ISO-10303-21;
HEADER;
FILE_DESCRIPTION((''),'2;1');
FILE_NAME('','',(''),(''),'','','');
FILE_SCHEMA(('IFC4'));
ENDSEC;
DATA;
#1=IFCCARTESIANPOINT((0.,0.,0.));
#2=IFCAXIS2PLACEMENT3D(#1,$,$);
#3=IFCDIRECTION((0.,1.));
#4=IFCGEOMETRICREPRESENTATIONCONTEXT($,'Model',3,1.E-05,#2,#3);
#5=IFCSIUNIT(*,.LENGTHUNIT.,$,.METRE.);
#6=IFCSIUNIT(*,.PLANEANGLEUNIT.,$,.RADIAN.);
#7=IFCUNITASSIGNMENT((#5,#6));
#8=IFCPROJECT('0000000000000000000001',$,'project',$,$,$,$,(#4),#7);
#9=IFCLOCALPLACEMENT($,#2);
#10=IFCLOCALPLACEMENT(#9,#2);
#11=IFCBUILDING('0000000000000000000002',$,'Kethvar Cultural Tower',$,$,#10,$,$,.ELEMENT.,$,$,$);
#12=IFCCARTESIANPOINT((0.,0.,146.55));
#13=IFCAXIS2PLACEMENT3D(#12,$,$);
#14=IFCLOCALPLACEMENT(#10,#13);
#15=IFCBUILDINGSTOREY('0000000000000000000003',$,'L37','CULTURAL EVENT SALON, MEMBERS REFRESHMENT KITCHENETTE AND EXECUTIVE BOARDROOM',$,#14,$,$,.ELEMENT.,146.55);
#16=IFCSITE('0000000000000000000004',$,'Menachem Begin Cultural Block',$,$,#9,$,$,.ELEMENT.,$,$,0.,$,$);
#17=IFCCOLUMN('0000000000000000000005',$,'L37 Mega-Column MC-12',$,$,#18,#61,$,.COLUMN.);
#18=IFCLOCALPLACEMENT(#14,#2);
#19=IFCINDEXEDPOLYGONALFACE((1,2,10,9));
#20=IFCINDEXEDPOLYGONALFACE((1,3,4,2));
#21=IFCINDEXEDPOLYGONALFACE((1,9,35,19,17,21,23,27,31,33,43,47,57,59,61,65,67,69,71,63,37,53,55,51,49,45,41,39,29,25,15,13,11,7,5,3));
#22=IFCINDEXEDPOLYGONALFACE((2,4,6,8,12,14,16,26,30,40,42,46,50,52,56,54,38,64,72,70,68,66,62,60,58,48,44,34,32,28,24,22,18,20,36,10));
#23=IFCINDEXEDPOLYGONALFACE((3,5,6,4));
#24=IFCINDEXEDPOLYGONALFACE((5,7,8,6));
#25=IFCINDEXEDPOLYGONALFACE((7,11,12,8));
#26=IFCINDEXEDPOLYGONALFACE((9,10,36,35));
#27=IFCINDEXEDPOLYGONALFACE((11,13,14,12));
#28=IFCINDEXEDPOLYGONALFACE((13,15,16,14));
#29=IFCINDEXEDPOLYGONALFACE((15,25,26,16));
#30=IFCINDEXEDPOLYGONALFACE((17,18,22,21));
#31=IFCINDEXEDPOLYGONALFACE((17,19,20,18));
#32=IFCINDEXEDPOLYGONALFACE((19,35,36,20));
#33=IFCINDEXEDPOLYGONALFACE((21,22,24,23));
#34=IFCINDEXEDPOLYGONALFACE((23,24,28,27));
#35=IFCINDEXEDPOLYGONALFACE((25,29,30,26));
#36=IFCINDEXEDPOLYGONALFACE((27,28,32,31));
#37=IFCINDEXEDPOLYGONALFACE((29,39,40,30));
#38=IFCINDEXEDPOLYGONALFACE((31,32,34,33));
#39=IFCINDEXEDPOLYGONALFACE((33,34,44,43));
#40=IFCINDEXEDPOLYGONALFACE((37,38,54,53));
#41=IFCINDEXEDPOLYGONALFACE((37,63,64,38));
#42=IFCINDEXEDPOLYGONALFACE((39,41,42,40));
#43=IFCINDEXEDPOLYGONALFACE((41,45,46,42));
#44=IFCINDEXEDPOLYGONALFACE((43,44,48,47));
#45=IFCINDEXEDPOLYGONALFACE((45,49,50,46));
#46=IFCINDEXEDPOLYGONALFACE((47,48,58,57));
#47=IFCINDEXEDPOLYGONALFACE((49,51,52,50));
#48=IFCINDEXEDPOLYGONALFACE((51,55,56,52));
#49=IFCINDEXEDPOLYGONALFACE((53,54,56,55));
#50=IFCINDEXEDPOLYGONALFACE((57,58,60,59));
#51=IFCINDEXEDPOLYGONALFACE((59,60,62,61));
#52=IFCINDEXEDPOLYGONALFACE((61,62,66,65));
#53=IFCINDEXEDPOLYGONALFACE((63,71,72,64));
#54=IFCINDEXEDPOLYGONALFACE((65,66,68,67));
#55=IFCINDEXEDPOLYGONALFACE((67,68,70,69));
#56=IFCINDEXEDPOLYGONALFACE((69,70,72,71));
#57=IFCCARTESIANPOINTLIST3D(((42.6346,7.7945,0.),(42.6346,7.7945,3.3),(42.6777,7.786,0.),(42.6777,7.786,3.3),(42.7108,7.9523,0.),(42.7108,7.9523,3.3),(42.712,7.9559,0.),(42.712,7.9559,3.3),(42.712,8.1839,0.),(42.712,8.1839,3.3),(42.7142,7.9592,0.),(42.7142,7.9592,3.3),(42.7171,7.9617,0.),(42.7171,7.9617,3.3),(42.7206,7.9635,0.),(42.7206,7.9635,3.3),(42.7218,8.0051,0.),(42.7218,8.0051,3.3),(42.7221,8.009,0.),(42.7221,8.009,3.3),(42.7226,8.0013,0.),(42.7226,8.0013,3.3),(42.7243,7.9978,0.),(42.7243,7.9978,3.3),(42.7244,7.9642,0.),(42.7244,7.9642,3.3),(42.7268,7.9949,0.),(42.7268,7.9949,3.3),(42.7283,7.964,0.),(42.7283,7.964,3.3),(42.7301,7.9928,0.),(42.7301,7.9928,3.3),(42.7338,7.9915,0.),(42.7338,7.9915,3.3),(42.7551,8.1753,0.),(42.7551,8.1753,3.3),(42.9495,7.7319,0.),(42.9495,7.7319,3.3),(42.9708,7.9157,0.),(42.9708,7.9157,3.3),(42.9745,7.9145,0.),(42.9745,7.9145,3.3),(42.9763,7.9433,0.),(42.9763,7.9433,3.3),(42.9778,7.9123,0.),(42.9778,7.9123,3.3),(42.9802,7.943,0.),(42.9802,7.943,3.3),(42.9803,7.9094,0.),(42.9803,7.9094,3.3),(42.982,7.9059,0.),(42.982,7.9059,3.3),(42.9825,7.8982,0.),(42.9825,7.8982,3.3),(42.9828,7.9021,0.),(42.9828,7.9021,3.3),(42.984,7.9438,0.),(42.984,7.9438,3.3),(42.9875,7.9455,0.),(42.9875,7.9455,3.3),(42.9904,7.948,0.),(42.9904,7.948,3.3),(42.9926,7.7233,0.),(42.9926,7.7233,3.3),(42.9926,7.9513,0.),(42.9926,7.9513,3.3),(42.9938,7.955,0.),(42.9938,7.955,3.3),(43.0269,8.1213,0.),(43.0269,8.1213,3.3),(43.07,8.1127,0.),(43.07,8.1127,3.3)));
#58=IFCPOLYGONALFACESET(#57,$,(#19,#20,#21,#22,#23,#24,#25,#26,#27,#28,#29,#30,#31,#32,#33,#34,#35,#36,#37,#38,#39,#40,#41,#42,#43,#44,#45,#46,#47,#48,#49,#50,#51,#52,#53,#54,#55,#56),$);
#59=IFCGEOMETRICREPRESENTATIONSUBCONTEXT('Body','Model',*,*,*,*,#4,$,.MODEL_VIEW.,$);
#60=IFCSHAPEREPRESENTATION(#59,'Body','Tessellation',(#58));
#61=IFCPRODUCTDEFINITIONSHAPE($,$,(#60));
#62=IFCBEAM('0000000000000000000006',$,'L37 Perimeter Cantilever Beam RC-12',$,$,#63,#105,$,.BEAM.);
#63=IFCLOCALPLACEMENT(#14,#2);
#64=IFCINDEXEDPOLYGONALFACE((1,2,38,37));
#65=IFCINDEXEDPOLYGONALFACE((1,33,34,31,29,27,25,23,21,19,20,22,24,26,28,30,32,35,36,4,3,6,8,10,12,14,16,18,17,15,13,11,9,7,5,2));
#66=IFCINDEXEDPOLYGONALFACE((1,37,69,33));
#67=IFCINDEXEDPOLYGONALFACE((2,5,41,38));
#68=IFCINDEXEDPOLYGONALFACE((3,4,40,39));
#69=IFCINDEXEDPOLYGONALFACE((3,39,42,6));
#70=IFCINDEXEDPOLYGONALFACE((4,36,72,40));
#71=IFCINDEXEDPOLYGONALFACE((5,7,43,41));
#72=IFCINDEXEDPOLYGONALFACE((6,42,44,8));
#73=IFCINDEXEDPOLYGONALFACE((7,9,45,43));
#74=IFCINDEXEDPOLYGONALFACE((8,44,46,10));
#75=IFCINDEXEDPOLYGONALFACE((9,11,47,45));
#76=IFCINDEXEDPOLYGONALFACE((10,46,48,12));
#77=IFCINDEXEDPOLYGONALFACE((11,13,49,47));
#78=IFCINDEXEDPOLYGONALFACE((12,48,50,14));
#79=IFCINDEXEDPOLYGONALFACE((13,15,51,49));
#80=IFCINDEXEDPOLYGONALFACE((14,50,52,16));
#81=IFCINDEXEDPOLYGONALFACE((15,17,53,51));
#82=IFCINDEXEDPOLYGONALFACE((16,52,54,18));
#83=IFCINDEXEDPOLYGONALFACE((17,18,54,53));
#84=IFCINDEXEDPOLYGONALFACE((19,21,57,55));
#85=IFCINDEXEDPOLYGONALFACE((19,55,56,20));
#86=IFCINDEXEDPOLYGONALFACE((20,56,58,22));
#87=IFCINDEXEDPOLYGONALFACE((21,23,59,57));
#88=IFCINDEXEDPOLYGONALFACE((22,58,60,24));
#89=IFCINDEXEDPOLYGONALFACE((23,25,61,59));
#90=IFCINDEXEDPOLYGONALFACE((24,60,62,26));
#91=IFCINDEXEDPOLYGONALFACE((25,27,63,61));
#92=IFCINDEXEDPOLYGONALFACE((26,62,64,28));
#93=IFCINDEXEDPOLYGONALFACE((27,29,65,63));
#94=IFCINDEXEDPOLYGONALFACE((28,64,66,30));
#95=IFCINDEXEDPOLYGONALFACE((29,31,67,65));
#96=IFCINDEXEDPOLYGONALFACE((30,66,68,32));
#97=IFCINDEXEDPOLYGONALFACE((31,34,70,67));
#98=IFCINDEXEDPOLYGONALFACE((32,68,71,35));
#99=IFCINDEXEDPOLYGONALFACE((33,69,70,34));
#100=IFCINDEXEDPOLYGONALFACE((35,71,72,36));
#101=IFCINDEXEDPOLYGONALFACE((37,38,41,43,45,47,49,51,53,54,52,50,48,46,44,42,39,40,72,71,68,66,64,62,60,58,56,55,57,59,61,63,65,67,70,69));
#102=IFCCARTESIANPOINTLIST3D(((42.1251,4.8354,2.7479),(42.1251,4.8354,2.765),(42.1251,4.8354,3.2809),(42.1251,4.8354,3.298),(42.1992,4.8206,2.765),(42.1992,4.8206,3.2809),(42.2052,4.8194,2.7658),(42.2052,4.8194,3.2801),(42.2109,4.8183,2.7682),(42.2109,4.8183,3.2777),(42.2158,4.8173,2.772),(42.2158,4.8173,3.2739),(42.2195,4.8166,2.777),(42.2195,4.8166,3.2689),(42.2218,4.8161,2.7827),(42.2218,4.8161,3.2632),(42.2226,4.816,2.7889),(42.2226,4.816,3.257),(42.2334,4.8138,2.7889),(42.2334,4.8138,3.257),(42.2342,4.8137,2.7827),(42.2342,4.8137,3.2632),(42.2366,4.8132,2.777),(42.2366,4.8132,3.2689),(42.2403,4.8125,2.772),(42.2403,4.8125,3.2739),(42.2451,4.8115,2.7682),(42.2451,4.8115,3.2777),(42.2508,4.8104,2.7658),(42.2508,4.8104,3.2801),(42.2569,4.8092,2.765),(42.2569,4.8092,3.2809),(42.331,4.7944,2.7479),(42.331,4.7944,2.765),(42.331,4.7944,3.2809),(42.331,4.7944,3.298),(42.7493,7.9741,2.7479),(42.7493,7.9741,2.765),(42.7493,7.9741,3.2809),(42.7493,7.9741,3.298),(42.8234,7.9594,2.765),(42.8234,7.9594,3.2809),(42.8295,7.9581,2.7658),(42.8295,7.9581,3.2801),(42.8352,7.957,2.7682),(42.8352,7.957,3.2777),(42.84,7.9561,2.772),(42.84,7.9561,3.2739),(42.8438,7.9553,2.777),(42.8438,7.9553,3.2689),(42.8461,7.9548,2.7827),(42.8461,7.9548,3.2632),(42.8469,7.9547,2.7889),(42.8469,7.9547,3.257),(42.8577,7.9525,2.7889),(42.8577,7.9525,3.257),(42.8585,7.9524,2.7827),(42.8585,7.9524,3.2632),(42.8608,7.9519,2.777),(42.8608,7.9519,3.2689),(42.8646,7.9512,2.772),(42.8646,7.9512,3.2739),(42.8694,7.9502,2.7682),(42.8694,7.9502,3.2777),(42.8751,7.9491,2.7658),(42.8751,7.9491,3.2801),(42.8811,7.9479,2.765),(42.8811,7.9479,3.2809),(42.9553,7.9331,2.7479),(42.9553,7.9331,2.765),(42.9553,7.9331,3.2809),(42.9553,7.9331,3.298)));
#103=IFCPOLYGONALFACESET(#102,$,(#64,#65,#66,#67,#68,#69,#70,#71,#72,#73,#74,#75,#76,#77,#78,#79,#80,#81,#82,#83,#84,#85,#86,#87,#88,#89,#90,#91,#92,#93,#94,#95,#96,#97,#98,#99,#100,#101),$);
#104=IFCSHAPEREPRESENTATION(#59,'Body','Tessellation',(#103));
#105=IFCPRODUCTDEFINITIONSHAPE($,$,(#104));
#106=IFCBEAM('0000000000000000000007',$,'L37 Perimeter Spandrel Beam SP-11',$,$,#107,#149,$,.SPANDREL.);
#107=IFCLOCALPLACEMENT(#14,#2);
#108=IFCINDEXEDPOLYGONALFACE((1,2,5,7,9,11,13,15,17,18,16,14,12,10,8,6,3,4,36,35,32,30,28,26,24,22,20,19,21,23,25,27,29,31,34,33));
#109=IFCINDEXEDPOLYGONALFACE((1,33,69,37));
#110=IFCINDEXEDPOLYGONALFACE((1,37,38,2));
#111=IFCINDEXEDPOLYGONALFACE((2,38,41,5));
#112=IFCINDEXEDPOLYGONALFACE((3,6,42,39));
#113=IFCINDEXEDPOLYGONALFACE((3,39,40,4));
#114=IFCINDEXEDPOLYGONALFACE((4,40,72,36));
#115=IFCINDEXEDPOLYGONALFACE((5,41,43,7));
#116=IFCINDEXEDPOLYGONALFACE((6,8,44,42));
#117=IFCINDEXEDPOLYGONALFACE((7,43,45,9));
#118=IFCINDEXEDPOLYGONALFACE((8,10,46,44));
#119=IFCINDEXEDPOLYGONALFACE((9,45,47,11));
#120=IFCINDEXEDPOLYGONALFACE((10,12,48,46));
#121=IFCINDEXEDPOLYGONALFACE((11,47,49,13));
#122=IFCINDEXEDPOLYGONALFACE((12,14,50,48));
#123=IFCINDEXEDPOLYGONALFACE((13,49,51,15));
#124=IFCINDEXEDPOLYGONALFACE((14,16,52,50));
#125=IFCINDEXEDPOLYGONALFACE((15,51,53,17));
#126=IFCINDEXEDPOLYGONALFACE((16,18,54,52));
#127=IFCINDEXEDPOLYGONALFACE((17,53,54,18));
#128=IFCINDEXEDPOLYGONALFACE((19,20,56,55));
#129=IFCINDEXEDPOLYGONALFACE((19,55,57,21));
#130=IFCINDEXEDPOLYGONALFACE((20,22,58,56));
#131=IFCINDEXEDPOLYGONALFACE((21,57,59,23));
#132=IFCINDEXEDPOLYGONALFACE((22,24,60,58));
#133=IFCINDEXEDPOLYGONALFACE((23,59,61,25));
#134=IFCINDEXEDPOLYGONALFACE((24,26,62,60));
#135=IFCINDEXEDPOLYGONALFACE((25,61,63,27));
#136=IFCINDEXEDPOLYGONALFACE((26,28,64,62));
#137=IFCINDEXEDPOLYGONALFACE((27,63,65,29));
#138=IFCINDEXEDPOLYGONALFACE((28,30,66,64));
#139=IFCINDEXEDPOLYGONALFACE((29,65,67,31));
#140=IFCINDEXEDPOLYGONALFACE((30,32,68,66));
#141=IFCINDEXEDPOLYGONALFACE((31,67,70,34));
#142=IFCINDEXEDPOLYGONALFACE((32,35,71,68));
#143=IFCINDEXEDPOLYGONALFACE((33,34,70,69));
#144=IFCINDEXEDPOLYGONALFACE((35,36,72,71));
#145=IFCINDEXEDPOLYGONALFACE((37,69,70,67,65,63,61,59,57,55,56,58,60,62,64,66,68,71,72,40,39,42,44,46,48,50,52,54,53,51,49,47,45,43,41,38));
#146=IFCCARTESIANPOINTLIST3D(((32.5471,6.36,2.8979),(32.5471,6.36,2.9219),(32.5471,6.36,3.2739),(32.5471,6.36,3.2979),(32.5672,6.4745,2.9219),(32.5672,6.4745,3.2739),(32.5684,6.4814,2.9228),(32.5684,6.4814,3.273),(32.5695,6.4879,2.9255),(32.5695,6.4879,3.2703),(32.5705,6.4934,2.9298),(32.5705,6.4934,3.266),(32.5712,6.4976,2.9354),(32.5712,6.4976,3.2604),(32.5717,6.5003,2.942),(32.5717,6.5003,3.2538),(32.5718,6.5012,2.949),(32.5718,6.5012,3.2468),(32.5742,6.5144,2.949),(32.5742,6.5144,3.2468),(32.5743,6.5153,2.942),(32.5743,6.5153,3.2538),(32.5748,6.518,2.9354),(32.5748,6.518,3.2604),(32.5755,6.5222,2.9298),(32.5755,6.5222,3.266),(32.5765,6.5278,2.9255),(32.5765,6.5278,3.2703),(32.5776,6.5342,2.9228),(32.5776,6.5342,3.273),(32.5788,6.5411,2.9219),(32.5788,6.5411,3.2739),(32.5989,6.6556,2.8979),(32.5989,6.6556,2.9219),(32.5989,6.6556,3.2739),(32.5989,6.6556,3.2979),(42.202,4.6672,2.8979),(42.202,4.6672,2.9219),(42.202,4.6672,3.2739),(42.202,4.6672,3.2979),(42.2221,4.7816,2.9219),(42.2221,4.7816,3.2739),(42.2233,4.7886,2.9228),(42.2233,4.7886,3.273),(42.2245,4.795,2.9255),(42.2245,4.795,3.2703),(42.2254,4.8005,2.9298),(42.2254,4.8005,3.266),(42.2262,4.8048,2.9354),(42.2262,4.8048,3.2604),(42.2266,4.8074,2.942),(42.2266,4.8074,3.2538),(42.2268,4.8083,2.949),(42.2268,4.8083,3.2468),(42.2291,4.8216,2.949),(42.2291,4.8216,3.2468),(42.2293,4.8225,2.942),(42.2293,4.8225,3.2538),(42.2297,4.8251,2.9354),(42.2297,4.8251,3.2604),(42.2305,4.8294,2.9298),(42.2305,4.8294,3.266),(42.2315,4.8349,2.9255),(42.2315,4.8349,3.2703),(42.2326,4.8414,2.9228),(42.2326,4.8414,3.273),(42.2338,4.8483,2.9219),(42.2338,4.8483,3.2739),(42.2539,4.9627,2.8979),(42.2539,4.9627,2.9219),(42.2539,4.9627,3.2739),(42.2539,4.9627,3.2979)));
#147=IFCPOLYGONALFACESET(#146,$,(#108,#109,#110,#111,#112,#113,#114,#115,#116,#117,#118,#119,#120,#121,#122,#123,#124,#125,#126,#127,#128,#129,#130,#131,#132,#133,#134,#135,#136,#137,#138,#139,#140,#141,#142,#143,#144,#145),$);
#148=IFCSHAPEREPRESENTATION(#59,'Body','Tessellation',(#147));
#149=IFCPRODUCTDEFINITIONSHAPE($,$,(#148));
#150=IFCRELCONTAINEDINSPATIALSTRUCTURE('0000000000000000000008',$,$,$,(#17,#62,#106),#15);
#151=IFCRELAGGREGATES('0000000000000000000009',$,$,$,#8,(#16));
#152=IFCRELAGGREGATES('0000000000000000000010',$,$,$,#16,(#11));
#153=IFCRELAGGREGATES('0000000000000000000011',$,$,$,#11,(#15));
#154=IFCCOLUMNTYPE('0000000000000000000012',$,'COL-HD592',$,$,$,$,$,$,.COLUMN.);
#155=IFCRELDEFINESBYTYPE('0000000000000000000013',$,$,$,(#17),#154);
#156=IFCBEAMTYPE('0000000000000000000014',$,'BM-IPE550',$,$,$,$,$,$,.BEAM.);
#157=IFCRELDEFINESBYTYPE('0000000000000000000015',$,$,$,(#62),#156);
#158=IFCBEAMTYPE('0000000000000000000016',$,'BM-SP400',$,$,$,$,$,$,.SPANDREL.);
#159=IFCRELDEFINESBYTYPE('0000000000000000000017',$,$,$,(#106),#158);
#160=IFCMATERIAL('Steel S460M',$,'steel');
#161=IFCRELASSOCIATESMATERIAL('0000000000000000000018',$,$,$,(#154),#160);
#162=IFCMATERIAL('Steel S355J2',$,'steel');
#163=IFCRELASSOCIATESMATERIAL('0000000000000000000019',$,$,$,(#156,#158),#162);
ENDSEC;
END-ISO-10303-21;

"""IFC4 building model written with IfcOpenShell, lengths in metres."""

from ifc_helpers import new_model, si_unit, direction, frame, origin, origin_2d, place, context, subcontext, project, spatial, i_section, extrude, source, transform, mapped, material, material_profile, profile_set, type_object, element, save


model = new_model("IFC4")

# Units and contexts
model_context = context("Model", 3, precision=1e-05, world=origin(), true_north=direction((0.0, 1.0)))
body_context = subcontext(model_context, "Body", "Model", "MODEL_VIEW")
ifc_project = project(units=[si_unit("LENGTHUNIT", "METRE"), si_unit("PLANEANGLEUNIT", "RADIAN")], contexts=[model_context])

# Site, building, storey
site_placement = place(None, origin())
site = spatial("IfcSite", under=ifc_project, at=site_placement, Name="Menachem Begin Cultural Block", CompositionType="ELEMENT", RefElevation=0.0)
building_placement = place(site_placement, origin())
building = spatial("IfcBuilding", under=site, at=building_placement, Name="Kethvar Cultural Tower", CompositionType="ELEMENT")
storey_placement = place(building_placement, frame((0.0, 0.0, 146.55)))
storey = spatial("IfcBuildingStorey", under=building, at=storey_placement, Name="L37", Description="CULTURAL EVENT SALON, MEMBERS REFRESHMENT KITCHENETTE AND EXECUTIVE BOARDROOM", CompositionType="ELEMENT", Elevation=146.55)

# Column
ifc_material_1 = material(Name="Steel S460M", Category="steel")
ifc_material_profile_1 = material_profile(ifc_material_1, i_section(OverallWidth=0.397, OverallDepth=0.365, WebThickness=0.0281, FlangeThickness=0.0439, FilletRadius=0.0149, at=origin_2d()), Name="Steel S460M — HD400x592")
ifc_profile_set_1 = profile_set([ifc_material_profile_1], Name="Steel S460M — HD400x592")
column_type = type_object("IfcColumnType", Name="COL-HD592", PredefinedType="COLUMN", material=ifc_profile_set_1)
shared_shape_1 = source(origin(), body_context, "Body", "SweptSolid", [
    extrude(i_section(OverallWidth=0.397, OverallDepth=0.365, WebThickness=0.0281, FlangeThickness=0.0439, FilletRadius=0.0149, at=origin_2d()), origin(), (0.0, 0.0, 1.0), 3.3),
])
column_placement = place(storey_placement, frame((42.8523, 7.9536, 0.0), z_axis=(0.0, 0.0, 1.0), x_axis=(-0.19509, -0.980785, 0.0)))
element("IfcColumn", 1, at=column_placement, inside=storey, type_object=column_type, Name="L37 Mega-Column MC-12", PredefinedType="COLUMN", context=body_context, shape_type="MappedRepresentation", body=[
    mapped(shared_shape_1, transform((0.0, 0.0, 0.0), scale=1.0)),
])

# Beams
ifc_material_2 = material(Name="Steel S355J2", Category="steel")
ifc_material_profile_2 = material_profile(ifc_material_2, i_section(OverallWidth=0.21, OverallDepth=0.55, WebThickness=0.011, FlangeThickness=0.0171, FilletRadius=0.0239, at=origin_2d()), Name="Steel S355J2 — IPE550")
ifc_profile_set_2 = profile_set([ifc_material_profile_2], Name="Steel S355J2 — IPE550")
beam_type_1 = type_object("IfcBeamType", Name="BM-IPE550", PredefinedType="BEAM", material=ifc_profile_set_2)
shared_shape_2 = source(origin(), body_context, "Body", "SweptSolid", [
    extrude(i_section(OverallWidth=0.21, OverallDepth=0.55, WebThickness=0.011, FlangeThickness=0.0171, FilletRadius=0.0239, at=origin_2d()), origin(), (0.0, 0.0, 1.0), 3.2002),
])
beam_1_placement = place(storey_placement, frame((42.8523, 7.9536, 3.0229), z_axis=(-0.195074, -0.980788, 0.0), x_axis=(0.980788, -0.195074, 0.0)))
element("IfcBeam", 2, at=beam_1_placement, inside=storey, type_object=beam_type_1, Name="L37 Perimeter Cantilever Beam RC-12", PredefinedType="BEAM", context=body_context, shape_type="MappedRepresentation", body=[
    mapped(shared_shape_2, transform((0.0, 0.0, 0.0), scale=1.0)),
])
ifc_material_profile_3 = material_profile(ifc_material_2, i_section(OverallWidth=0.3, OverallDepth=0.3999, WebThickness=0.0134, FlangeThickness=0.0239, FilletRadius=0.0271, at=origin_2d()), Name="Steel S355J2 — HEB400")
ifc_profile_set_3 = profile_set([ifc_material_profile_3], Name="Steel S355J2 — HEB400")
beam_type_2 = type_object("IfcBeamType", Name="BM-SP400", PredefinedType="SPANDREL", material=ifc_profile_set_3)
shared_shape_3 = source(origin(), body_context, "Body", "SweptSolid", [
    extrude(i_section(OverallWidth=0.3, OverallDepth=0.3999, WebThickness=0.0134, FlangeThickness=0.0239, FilletRadius=0.0271, at=origin_2d()), origin(), (0.0, 0.0, 1.0), 9.8022),
])
beam_2_placement = place(storey_placement, frame((32.573, 6.5078, 3.0979), z_axis=(0.984974, -0.172701, 0.0), x_axis=(0.172701, 0.984974, 0.0)))
element("IfcBeam", 3, at=beam_2_placement, inside=storey, type_object=beam_type_2, Name="L37 Perimeter Spandrel Beam SP-11", PredefinedType="SPANDREL", context=body_context, shape_type="MappedRepresentation", body=[
    mapped(shared_shape_3, transform((0.0, 0.0, 0.0), scale=1.0)),
])

save(model, "model.ifc")
